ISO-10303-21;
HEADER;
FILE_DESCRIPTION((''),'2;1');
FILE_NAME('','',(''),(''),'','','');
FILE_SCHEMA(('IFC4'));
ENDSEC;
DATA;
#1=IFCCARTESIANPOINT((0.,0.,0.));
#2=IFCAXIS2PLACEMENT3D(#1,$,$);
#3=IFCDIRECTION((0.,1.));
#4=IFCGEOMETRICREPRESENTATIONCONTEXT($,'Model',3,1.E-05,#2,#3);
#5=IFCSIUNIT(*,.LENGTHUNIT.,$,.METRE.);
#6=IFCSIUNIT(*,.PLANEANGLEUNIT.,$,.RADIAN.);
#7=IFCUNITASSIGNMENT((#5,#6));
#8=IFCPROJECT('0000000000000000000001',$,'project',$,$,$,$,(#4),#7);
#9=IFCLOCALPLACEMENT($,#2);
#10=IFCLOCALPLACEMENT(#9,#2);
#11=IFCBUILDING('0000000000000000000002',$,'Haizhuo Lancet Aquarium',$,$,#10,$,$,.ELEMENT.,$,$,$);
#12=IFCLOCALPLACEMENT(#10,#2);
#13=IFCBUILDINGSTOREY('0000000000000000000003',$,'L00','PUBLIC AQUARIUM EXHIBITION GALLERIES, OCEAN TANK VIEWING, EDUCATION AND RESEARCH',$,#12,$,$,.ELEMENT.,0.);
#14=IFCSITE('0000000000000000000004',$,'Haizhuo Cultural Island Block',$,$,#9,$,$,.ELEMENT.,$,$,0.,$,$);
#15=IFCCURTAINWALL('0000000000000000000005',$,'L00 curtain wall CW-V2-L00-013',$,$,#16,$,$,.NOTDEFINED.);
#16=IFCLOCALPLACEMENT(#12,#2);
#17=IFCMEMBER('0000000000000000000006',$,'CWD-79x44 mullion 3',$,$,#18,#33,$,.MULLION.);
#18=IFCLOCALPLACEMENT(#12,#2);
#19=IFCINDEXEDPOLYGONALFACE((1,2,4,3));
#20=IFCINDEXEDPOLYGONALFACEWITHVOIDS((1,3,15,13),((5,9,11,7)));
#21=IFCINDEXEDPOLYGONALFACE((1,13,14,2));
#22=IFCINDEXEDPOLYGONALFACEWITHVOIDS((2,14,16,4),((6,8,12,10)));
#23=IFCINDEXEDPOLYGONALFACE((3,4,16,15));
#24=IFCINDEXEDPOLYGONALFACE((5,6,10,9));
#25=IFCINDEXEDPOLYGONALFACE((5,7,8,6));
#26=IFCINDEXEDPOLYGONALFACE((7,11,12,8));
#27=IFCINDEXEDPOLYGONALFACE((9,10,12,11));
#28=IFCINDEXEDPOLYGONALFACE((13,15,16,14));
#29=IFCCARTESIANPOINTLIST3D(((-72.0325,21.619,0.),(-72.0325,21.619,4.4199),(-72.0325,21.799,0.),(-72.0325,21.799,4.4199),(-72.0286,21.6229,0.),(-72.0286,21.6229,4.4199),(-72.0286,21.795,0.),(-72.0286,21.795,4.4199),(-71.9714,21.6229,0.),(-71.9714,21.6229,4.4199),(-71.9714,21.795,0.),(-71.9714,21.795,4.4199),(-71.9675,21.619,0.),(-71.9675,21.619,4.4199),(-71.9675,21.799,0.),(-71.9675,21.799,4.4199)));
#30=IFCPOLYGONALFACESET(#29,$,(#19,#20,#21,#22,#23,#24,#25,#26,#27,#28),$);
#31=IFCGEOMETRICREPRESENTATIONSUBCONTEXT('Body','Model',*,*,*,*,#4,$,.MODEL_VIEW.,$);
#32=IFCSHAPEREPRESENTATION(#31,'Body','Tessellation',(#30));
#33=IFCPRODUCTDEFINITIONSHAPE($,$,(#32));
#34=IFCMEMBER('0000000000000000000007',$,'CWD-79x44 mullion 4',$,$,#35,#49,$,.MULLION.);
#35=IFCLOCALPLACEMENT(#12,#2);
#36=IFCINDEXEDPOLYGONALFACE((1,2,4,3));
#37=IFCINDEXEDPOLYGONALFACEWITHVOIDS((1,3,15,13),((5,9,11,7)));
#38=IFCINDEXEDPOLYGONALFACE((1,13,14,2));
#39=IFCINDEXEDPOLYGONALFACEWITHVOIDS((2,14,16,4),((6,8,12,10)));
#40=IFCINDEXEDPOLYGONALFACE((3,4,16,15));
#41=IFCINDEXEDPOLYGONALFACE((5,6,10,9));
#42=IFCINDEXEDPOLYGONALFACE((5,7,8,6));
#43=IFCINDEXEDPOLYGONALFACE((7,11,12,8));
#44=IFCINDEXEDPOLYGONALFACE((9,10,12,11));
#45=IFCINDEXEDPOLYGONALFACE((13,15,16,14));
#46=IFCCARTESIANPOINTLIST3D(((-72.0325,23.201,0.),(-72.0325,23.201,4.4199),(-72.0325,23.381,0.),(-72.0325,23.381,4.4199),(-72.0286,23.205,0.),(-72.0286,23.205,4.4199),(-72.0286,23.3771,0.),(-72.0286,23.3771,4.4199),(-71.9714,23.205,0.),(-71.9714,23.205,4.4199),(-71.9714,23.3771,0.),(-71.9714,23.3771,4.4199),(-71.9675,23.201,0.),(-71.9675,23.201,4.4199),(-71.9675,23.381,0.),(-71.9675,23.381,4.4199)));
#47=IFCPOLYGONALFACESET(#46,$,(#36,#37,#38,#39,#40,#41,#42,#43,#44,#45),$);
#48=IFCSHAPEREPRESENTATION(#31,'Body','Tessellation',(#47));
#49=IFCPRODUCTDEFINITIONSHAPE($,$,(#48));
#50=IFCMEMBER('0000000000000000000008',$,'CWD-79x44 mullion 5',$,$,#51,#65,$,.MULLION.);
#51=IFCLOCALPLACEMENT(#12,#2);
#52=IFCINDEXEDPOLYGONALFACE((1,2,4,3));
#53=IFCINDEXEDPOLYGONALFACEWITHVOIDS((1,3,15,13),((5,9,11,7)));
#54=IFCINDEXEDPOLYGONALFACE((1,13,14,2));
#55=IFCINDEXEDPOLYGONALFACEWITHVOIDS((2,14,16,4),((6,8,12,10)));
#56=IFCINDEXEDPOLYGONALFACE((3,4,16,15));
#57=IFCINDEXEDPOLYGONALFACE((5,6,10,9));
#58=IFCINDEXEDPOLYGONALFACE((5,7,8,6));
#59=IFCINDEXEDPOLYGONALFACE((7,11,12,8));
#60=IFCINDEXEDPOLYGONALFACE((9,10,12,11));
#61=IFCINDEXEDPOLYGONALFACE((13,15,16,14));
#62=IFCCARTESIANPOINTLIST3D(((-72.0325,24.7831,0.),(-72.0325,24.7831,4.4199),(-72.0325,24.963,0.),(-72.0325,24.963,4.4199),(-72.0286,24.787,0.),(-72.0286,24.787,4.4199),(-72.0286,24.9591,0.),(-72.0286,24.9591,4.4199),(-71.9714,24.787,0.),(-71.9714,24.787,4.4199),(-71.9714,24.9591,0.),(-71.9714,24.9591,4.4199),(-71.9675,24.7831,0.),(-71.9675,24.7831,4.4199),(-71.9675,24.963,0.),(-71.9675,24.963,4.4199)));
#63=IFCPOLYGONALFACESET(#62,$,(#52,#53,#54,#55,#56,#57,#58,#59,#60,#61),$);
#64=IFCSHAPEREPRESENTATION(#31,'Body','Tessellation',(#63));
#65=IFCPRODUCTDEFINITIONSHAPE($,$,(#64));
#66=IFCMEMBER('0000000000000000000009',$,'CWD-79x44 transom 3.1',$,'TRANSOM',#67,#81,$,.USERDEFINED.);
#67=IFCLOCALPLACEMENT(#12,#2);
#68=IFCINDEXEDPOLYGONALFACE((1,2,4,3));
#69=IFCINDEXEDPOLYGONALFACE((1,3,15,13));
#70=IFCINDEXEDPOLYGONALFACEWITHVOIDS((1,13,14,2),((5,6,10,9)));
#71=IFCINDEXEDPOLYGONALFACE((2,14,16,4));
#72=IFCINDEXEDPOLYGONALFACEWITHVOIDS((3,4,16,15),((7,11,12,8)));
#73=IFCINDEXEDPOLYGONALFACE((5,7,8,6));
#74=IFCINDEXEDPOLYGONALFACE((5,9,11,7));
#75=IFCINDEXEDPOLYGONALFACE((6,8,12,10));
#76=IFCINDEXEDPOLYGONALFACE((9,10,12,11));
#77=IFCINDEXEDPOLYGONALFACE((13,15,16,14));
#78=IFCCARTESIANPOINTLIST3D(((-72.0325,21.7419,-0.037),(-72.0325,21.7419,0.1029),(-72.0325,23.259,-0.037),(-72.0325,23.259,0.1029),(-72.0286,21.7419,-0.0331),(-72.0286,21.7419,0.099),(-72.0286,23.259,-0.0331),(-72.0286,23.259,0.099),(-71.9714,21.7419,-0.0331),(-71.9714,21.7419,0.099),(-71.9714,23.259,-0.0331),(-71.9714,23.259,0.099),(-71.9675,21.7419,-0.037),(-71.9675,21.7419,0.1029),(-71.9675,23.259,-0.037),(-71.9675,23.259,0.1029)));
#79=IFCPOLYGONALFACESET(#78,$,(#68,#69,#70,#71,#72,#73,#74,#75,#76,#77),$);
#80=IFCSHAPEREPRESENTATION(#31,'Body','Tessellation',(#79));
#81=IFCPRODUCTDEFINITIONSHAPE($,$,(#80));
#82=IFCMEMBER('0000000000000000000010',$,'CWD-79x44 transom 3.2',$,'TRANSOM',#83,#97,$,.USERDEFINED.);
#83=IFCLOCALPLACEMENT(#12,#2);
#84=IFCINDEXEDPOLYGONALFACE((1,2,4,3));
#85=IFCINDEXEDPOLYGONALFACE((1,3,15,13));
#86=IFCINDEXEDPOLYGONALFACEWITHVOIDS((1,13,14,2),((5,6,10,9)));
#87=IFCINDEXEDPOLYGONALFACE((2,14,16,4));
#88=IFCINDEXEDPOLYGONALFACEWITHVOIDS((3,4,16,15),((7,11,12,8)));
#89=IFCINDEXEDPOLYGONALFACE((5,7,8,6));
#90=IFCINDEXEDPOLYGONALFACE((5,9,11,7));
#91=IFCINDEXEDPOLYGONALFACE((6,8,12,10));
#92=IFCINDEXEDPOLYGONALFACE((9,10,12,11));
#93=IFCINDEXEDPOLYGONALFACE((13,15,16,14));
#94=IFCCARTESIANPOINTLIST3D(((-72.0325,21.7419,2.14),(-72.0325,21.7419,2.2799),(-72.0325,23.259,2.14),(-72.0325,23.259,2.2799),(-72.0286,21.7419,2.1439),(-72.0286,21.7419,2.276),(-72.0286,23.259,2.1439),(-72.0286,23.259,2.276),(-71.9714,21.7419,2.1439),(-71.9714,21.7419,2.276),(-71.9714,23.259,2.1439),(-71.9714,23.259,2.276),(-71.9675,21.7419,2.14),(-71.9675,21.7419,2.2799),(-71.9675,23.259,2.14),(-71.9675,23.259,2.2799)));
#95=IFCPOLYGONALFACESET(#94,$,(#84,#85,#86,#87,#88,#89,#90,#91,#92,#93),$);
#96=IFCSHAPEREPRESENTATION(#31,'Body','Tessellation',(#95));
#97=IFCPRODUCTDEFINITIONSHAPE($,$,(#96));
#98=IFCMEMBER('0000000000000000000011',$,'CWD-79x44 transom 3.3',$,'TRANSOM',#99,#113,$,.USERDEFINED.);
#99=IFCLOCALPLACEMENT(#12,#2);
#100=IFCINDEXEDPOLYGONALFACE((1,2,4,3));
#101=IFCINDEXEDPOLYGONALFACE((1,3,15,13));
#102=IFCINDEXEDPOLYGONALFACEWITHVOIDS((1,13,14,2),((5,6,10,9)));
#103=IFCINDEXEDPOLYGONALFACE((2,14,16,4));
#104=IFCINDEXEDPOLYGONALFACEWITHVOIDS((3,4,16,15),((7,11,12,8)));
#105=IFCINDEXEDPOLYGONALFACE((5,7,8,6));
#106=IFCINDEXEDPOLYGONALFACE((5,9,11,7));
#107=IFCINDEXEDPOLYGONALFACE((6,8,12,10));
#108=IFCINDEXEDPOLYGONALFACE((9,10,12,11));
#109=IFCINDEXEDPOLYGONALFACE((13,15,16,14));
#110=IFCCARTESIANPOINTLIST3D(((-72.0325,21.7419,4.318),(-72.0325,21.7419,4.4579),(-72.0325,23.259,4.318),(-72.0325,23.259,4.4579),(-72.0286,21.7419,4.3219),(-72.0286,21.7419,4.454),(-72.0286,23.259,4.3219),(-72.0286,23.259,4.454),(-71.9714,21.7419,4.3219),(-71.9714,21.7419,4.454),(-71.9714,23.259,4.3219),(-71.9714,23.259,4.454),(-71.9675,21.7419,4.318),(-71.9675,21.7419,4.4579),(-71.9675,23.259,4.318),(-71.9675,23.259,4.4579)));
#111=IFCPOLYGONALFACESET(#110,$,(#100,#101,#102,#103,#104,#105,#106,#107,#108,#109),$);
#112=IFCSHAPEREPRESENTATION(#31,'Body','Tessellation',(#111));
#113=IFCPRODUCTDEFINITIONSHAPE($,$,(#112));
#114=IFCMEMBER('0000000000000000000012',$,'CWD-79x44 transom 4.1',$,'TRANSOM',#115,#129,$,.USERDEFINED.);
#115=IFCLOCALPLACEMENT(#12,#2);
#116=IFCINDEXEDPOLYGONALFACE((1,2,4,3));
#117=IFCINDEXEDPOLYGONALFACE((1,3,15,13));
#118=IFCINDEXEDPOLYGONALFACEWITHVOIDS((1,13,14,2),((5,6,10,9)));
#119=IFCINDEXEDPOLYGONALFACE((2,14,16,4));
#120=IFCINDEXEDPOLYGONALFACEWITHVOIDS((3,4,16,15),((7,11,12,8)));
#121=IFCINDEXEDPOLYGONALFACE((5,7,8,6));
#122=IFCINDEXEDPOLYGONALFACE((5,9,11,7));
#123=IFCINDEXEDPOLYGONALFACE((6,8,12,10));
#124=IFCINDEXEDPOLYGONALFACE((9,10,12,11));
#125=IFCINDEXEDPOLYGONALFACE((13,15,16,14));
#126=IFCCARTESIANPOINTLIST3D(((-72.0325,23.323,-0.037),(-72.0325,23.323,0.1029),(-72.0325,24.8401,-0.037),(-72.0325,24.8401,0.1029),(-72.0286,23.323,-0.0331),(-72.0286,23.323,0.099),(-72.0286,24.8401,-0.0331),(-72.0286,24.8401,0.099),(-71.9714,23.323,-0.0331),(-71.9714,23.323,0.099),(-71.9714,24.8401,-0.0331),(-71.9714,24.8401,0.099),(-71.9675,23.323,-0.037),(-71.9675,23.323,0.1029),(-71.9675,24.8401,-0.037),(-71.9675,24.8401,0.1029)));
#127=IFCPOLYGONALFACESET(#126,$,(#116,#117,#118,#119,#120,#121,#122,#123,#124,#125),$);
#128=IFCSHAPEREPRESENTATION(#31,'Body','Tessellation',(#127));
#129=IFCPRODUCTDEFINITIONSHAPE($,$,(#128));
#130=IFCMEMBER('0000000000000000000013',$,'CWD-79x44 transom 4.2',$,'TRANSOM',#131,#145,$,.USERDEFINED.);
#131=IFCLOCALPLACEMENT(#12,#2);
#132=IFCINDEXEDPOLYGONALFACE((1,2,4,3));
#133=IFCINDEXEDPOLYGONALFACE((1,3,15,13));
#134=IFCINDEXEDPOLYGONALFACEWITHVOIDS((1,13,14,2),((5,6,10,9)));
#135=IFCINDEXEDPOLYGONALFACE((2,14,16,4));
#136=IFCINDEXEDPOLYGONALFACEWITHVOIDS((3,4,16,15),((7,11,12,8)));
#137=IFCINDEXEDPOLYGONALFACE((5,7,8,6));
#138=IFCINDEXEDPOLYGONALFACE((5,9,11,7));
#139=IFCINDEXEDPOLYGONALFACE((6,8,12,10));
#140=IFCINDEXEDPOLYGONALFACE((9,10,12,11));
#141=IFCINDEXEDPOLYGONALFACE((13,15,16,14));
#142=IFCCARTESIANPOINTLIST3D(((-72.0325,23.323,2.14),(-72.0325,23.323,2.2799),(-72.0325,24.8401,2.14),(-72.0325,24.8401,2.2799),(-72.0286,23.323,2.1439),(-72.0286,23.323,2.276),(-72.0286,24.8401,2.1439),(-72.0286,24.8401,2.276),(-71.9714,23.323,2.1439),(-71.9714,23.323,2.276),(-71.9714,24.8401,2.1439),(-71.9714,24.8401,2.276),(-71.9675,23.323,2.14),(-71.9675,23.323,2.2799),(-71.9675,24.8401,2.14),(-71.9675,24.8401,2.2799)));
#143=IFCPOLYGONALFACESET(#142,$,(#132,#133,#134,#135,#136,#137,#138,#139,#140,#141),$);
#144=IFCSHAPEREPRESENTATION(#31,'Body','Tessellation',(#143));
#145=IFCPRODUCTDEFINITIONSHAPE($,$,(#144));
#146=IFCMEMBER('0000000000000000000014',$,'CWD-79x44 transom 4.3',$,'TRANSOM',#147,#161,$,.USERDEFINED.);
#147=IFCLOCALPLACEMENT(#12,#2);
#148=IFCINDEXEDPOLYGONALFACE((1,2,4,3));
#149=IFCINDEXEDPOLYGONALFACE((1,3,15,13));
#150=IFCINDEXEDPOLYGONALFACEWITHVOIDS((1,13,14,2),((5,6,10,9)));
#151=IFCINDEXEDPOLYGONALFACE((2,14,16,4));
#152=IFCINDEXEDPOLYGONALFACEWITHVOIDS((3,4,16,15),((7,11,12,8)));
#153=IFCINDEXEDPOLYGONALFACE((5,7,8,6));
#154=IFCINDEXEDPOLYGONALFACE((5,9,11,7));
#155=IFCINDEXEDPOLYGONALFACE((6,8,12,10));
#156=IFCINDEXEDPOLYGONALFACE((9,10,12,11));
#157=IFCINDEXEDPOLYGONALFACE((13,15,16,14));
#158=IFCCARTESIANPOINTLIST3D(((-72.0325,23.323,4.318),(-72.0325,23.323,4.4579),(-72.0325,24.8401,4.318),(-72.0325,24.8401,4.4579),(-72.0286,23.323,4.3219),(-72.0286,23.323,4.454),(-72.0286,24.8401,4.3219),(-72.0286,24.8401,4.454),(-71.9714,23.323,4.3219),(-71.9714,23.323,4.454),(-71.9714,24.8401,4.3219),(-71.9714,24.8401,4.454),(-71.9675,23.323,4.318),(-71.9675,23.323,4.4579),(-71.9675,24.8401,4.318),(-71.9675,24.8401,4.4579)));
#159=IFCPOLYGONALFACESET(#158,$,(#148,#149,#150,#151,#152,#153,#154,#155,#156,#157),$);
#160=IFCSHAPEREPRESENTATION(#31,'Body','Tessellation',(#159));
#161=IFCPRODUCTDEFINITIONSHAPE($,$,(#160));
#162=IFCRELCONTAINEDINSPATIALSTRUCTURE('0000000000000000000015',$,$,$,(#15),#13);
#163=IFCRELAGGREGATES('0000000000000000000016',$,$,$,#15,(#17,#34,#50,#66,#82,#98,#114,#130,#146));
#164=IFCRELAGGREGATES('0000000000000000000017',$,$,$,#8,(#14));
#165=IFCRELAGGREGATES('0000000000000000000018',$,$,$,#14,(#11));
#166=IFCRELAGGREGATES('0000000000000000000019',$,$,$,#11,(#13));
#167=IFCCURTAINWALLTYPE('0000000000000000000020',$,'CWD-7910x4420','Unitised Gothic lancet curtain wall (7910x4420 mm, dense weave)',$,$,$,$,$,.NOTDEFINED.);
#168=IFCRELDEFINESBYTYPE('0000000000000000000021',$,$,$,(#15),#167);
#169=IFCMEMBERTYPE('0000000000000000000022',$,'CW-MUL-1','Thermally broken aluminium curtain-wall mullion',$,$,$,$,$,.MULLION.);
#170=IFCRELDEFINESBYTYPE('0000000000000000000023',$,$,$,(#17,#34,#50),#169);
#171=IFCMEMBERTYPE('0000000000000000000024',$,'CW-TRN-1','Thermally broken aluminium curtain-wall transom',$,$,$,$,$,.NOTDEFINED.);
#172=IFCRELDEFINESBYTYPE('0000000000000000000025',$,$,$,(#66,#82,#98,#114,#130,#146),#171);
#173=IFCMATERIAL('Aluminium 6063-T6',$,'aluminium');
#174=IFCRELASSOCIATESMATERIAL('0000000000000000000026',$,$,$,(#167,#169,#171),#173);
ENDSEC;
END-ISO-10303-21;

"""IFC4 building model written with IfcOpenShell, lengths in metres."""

from ifc_helpers import new_model, si_unit, direction, frame, origin, origin_2d, place, context, subcontext, project, spatial, hollow_rectangle, extrude, material, material_profile, profile_set, type_object, element, aggregate, save


model = new_model("IFC4")

# Units and contexts
model_context = context("Model", 3, precision=1e-05, world=origin(), true_north=direction((0.0, 1.0)))
body_context = subcontext(model_context, "Body", "Model", "MODEL_VIEW")
ifc_project = project(units=[si_unit("LENGTHUNIT", "METRE"), si_unit("PLANEANGLEUNIT", "RADIAN")], contexts=[model_context])

# Site, building, storey
site_placement = place(None, origin())
site = spatial("IfcSite", under=ifc_project, at=site_placement, Name="Haizhuo Cultural Island Block", CompositionType="ELEMENT", RefElevation=0.0)
building_placement = place(site_placement, origin())
building = spatial("IfcBuilding", under=site, at=building_placement, Name="Haizhuo Lancet Aquarium", CompositionType="ELEMENT")
storey_placement = place(building_placement, origin())
storey = spatial("IfcBuildingStorey", under=building, at=storey_placement, Name="L00", Description="PUBLIC AQUARIUM EXHIBITION GALLERIES, OCEAN TANK VIEWING, EDUCATION AND RESEARCH", CompositionType="ELEMENT", Elevation=0.0)

# Curtain wall, members
ifc_material_1 = material(Name="Aluminium 6063-T6", Category="aluminium")
curtain_wall_type = type_object("IfcCurtainWallType", Name="CWD-7910x4420", Description="Unitised Gothic lancet curtain wall (7910x4420 mm, dense weave)", PredefinedType="NOTDEFINED", material=ifc_material_1)
curtain_wall_placement = place(storey_placement, origin())
curtain_wall = element("IfcCurtainWall", 1, at=curtain_wall_placement, inside=storey, type_object=curtain_wall_type, Name="L00 curtain wall CW-V2-L00-013", PredefinedType="NOTDEFINED")
ifc_material_profile_1 = material_profile(ifc_material_1, hollow_rectangle(XDim=0.0649, YDim=0.1799, WallThickness=0.0039, at=origin_2d()), Name="ALU-M 65x180x4")
ifc_profile_set_1 = profile_set([ifc_material_profile_1], Name="Aluminium 6063-T6")
member_type_1 = type_object("IfcMemberType", Name="CW-MUL-1", Description="Thermally broken aluminium curtain-wall mullion", PredefinedType="MULLION", material=ifc_profile_set_1)
member_1_placement = place(storey_placement, frame((-72.0, 21.709, 0.0), z_axis=(0.0, 0.0, 1.0), x_axis=(-1.0, 0.0, 0.0)))
member_1 = element("IfcMember", 2, at=member_1_placement, type_object=member_type_1, Name="CWD-79x44 mullion 3", PredefinedType="MULLION", context=body_context, shape_type="SweptSolid", body=[
    extrude(hollow_rectangle(XDim=0.0649, YDim=0.1799, WallThickness=0.0039, at=origin_2d()), origin(), (0.0, 0.0, 1.0), 4.4199),
])
member_2_placement = place(storey_placement, frame((-72.0, 23.291, 0.0), z_axis=(0.0, 0.0, 1.0), x_axis=(-1.0, 0.0, 0.0)))
member_2 = element("IfcMember", 3, at=member_2_placement, type_object=member_type_1, Name="CWD-79x44 mullion 4", PredefinedType="MULLION", context=body_context, shape_type="SweptSolid", body=[
    extrude(hollow_rectangle(XDim=0.0649, YDim=0.1799, WallThickness=0.0039, at=origin_2d()), origin(), (0.0, 0.0, 1.0), 4.4199),
])
member_3_placement = place(storey_placement, frame((-72.0, 24.873, 0.0), z_axis=(0.0, 0.0, 1.0), x_axis=(-1.0, 0.0, 0.0)))
member_3 = element("IfcMember", 4, at=member_3_placement, type_object=member_type_1, Name="CWD-79x44 mullion 5", PredefinedType="MULLION", context=body_context, shape_type="SweptSolid", body=[
    extrude(hollow_rectangle(XDim=0.0649, YDim=0.1799, WallThickness=0.0039, at=origin_2d()), origin(), (0.0, 0.0, 1.0), 4.4199),
])
ifc_material_profile_2 = material_profile(ifc_material_1, hollow_rectangle(XDim=0.0649, YDim=0.1399, WallThickness=0.0039, at=origin_2d()), Name="ALU-T 65x140x4")
ifc_profile_set_2 = profile_set([ifc_material_profile_2], Name="Aluminium 6063-T6")
member_type_2 = type_object("IfcMemberType", Name="CW-TRN-1", Description="Thermally broken aluminium curtain-wall transom", PredefinedType="NOTDEFINED", material=ifc_profile_set_2)
member_4_placement = place(storey_placement, frame((-72.0, 21.7419, 0.033), z_axis=(0.0, 1.0, 0.0), x_axis=(-1.0, 0.0, 0.0)))
member_4 = element("IfcMember", 5, at=member_4_placement, type_object=member_type_2, Name="CWD-79x44 transom 3.1", ObjectType="TRANSOM", PredefinedType="USERDEFINED", context=body_context, shape_type="SweptSolid", body=[
    extrude(hollow_rectangle(XDim=0.0649, YDim=0.1399, WallThickness=0.0039, at=origin_2d()), origin(), (0.0, 0.0, 1.0), 1.5171),
])
member_5_placement = place(storey_placement, frame((-72.0, 21.7419, 2.21), z_axis=(0.0, 1.0, 0.0), x_axis=(-1.0, 0.0, 0.0)))
member_5 = element("IfcMember", 6, at=member_5_placement, type_object=member_type_2, Name="CWD-79x44 transom 3.2", ObjectType="TRANSOM", PredefinedType="USERDEFINED", context=body_context, shape_type="SweptSolid", body=[
    extrude(hollow_rectangle(XDim=0.0649, YDim=0.1399, WallThickness=0.0039, at=origin_2d()), origin(), (0.0, 0.0, 1.0), 1.5171),
])
member_6_placement = place(storey_placement, frame((-72.0, 21.7419, 4.3879), z_axis=(0.0, 1.0, 0.0), x_axis=(-1.0, 0.0, 0.0)))
member_6 = element("IfcMember", 7, at=member_6_placement, type_object=member_type_2, Name="CWD-79x44 transom 3.3", ObjectType="TRANSOM", PredefinedType="USERDEFINED", context=body_context, shape_type="SweptSolid", body=[
    extrude(hollow_rectangle(XDim=0.0649, YDim=0.1399, WallThickness=0.0039, at=origin_2d()), origin(), (0.0, 0.0, 1.0), 1.5171),
])
member_7_placement = place(storey_placement, frame((-72.0, 23.323, 0.033), z_axis=(0.0, 1.0, 0.0), x_axis=(-1.0, 0.0, 0.0)))
member_7 = element("IfcMember", 8, at=member_7_placement, type_object=member_type_2, Name="CWD-79x44 transom 4.1", ObjectType="TRANSOM", PredefinedType="USERDEFINED", context=body_context, shape_type="SweptSolid", body=[
    extrude(hollow_rectangle(XDim=0.0649, YDim=0.1399, WallThickness=0.0039, at=origin_2d()), origin(), (0.0, 0.0, 1.0), 1.5171),
])
member_8_placement = place(storey_placement, frame((-72.0, 23.323, 2.21), z_axis=(0.0, 1.0, 0.0), x_axis=(-1.0, 0.0, 0.0)))
member_8 = element("IfcMember", 9, at=member_8_placement, type_object=member_type_2, Name="CWD-79x44 transom 4.2", ObjectType="TRANSOM", PredefinedType="USERDEFINED", context=body_context, shape_type="SweptSolid", body=[
    extrude(hollow_rectangle(XDim=0.0649, YDim=0.1399, WallThickness=0.0039, at=origin_2d()), origin(), (0.0, 0.0, 1.0), 1.5171),
])
member_9_placement = place(storey_placement, frame((-72.0, 23.323, 4.3879), z_axis=(0.0, 1.0, 0.0), x_axis=(-1.0, 0.0, 0.0)))
member_9 = element("IfcMember", 10, at=member_9_placement, type_object=member_type_2, Name="CWD-79x44 transom 4.3", ObjectType="TRANSOM", PredefinedType="USERDEFINED", context=body_context, shape_type="SweptSolid", body=[
    extrude(hollow_rectangle(XDim=0.0649, YDim=0.1399, WallThickness=0.0039, at=origin_2d()), origin(), (0.0, 0.0, 1.0), 1.5171),
])

aggregate(curtain_wall, [member_1, member_2, member_3, member_4, member_5, member_6, member_7, member_8, member_9])

save(model, "model.ifc")
